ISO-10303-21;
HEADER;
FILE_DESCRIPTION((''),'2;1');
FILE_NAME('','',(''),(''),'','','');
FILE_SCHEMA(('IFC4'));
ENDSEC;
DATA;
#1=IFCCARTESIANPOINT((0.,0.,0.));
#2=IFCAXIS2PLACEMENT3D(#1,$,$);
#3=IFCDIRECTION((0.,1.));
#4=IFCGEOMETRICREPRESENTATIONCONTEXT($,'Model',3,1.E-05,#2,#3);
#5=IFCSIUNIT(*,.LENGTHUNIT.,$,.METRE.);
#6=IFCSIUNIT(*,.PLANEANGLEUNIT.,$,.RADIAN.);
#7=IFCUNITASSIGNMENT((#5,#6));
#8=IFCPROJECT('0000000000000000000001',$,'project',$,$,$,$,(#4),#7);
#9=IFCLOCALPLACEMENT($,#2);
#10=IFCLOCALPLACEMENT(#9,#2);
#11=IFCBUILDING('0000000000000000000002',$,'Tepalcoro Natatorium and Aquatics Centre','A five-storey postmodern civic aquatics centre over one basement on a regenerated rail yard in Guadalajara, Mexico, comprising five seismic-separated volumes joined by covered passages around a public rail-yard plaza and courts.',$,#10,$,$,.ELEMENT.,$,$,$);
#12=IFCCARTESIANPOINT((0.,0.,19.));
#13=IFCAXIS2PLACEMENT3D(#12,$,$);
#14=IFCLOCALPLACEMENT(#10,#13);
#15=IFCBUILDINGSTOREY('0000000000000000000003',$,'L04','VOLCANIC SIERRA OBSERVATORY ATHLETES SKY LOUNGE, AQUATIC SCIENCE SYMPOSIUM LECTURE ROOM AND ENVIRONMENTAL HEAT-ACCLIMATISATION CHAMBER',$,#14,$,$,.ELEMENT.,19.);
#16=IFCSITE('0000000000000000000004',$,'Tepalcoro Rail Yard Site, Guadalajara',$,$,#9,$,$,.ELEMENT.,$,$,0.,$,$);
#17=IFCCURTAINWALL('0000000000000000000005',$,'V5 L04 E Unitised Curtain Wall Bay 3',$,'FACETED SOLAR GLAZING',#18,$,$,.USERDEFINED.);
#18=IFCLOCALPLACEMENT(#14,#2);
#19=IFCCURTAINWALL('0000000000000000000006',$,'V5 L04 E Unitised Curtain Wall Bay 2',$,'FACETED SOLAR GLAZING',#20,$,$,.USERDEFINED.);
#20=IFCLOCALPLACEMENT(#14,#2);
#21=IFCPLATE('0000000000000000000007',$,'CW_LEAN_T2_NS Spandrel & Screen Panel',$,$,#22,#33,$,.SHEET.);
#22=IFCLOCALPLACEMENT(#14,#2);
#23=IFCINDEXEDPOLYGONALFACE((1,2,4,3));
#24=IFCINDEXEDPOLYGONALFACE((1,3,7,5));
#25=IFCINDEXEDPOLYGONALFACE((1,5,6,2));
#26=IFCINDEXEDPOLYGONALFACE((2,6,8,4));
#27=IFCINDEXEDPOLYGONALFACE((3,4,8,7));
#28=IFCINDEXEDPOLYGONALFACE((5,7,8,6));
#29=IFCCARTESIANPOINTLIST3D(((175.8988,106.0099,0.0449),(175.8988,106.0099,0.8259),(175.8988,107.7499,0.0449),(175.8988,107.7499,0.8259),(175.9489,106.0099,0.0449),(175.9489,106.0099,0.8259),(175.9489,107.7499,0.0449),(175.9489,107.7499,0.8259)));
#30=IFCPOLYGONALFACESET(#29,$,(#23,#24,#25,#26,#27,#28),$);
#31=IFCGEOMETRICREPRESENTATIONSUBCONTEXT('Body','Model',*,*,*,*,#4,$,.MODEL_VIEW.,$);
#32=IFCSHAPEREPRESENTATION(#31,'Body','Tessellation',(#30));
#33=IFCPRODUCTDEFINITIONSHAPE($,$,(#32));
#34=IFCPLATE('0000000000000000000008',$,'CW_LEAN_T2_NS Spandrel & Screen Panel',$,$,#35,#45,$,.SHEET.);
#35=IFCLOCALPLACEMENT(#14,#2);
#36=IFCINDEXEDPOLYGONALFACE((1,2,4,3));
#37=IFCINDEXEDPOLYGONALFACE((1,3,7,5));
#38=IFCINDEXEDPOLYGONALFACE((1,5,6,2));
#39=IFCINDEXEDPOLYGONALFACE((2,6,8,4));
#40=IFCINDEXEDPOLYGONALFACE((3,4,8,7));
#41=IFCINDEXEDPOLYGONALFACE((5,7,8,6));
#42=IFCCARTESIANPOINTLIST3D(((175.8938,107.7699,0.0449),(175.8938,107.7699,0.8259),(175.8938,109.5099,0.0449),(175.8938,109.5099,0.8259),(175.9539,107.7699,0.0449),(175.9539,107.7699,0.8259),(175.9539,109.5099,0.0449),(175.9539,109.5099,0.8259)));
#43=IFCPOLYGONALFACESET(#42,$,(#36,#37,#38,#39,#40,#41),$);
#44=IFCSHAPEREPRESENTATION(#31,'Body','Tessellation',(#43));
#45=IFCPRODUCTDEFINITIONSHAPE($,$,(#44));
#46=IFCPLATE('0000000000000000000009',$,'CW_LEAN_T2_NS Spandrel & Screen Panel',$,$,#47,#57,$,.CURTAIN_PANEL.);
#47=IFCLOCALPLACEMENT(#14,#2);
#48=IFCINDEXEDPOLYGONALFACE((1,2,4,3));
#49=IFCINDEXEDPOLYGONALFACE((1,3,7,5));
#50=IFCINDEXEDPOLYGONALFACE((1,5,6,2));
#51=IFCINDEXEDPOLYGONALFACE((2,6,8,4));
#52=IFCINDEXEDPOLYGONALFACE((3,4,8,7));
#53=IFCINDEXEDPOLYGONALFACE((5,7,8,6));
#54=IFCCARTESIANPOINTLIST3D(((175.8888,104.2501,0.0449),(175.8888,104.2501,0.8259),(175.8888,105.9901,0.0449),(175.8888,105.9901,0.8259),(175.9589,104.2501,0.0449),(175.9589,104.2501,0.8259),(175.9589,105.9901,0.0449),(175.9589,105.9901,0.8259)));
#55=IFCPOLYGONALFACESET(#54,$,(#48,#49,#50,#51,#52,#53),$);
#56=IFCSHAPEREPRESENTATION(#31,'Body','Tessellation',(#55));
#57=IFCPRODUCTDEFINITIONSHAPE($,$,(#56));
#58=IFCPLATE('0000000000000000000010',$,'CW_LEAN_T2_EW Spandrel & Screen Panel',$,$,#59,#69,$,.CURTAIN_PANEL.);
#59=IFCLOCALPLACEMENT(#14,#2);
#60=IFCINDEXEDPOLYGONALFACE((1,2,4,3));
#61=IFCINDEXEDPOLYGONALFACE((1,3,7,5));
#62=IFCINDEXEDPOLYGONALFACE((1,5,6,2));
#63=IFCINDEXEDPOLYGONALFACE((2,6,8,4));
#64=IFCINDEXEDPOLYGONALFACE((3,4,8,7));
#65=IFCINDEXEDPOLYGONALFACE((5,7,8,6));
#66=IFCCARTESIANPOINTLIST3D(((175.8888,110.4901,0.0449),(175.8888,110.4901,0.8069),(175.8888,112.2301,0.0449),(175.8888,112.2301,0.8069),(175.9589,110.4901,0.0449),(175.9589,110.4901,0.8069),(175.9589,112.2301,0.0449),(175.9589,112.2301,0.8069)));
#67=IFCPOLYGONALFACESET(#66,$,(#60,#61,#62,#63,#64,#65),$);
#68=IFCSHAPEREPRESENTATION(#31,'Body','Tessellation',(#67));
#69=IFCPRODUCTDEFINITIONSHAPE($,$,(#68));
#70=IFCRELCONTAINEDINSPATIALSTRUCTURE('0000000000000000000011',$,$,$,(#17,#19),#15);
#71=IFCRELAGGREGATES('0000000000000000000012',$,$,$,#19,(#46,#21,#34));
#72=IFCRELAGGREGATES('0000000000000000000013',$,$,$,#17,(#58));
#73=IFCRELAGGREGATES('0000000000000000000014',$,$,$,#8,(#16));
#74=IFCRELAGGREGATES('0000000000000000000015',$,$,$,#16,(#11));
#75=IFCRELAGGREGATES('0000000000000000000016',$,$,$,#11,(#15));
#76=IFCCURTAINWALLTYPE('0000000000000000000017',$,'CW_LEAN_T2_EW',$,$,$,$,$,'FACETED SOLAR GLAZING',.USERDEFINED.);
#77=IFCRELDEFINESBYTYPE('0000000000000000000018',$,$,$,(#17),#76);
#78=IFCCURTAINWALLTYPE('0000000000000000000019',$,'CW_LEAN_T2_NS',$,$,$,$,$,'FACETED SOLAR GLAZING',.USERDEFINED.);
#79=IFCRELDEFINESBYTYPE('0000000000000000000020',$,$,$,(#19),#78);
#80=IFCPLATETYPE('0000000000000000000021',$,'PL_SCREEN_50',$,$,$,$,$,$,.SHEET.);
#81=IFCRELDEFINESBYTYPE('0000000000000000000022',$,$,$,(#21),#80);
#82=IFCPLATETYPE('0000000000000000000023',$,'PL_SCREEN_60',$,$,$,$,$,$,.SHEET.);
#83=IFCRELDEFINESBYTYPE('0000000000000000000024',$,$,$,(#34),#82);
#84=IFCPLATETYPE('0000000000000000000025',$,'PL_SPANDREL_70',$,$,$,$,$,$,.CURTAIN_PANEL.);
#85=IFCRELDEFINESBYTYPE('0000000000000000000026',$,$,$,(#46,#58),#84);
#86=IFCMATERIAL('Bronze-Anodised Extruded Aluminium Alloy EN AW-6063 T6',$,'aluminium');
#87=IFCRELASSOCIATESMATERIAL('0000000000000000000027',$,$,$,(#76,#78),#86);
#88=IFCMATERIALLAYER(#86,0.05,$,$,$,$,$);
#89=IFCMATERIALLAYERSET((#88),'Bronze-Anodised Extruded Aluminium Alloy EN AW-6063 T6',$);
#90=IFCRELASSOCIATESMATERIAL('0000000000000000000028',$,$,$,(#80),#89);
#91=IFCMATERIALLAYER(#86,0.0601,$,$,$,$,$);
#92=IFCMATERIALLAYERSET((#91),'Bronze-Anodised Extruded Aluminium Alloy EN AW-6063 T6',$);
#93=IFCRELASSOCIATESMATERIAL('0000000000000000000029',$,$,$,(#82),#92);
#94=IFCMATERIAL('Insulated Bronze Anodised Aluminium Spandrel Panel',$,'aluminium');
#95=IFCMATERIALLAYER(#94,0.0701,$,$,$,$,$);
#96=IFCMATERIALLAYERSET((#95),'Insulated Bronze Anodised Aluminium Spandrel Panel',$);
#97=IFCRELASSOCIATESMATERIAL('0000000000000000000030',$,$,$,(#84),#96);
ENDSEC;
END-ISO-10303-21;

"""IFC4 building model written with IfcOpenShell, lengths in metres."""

from ifc_helpers import new_model, si_unit, direction, frame, origin, origin_2d, place, context, subcontext, project, spatial, rectangle, extrude, material, layer, layer_set, type_object, element, aggregate, save


model = new_model("IFC4")

# Units and contexts
model_context = context("Model", 3, precision=1e-05, world=origin(), true_north=direction((0.0, 1.0)))
body_context = subcontext(model_context, "Body", "Model", "MODEL_VIEW")
ifc_project = project(units=[si_unit("LENGTHUNIT", "METRE"), si_unit("PLANEANGLEUNIT", "RADIAN")], contexts=[model_context])

# Site, building, storey
site_placement = place(None, origin())
site = spatial("IfcSite", under=ifc_project, at=site_placement, Name="Tepalcoro Rail Yard Site, Guadalajara", CompositionType="ELEMENT", RefElevation=0.0)
building_placement = place(site_placement, origin())
building = spatial("IfcBuilding", under=site, at=building_placement, Name="Tepalcoro Natatorium and Aquatics Centre", Description="A five-storey postmodern civic aquatics centre over one basement on a regenerated rail yard in Guadalajara, Mexico, comprising five seismic-separated volumes joined by covered passages around a public rail-yard plaza and courts.", CompositionType="ELEMENT")
storey_placement = place(building_placement, frame((0.0, 0.0, 19.0)))
storey = spatial("IfcBuildingStorey", under=building, at=storey_placement, Name="L04", Description="VOLCANIC SIERRA OBSERVATORY ATHLETES SKY LOUNGE, AQUATIC SCIENCE SYMPOSIUM LECTURE ROOM AND ENVIRONMENTAL HEAT-ACCLIMATISATION CHAMBER", CompositionType="ELEMENT", Elevation=19.0)

# Curtain wall
ifc_material_1 = material(Name="Bronze-Anodised Extruded Aluminium Alloy EN AW-6063 T6", Category="aluminium")
curtain_wall_type_1 = type_object("IfcCurtainWallType", Name="CW_LEAN_T2_EW", ElementType="FACETED SOLAR GLAZING", PredefinedType="USERDEFINED", material=ifc_material_1)
curtain_wall_1_placement = place(storey_placement, origin())
curtain_wall_1 = element("IfcCurtainWall", 1, at=curtain_wall_1_placement, inside=storey, type_object=curtain_wall_type_1, Name="V5 L04 E Unitised Curtain Wall Bay 3", ObjectType="FACETED SOLAR GLAZING", PredefinedType="USERDEFINED")

# Curtain wall
curtain_wall_type_2 = type_object("IfcCurtainWallType", Name="CW_LEAN_T2_NS", ElementType="FACETED SOLAR GLAZING", PredefinedType="USERDEFINED", material=ifc_material_1)
curtain_wall_2_placement = place(storey_placement, origin())
curtain_wall_2 = element("IfcCurtainWall", 2, at=curtain_wall_2_placement, inside=storey, type_object=curtain_wall_type_2, Name="V5 L04 E Unitised Curtain Wall Bay 2", ObjectType="FACETED SOLAR GLAZING", PredefinedType="USERDEFINED")

# Plates
ifc_layer_1 = layer(ifc_material_1, 0.05)
ifc_layer_set_1 = layer_set([ifc_layer_1], Name="Bronze-Anodised Extruded Aluminium Alloy EN AW-6063 T6")
plate_type_1 = type_object("IfcPlateType", Name="PL_SCREEN_50", PredefinedType="SHEET", material=ifc_layer_set_1)
plate_1_placement = place(storey_placement, frame((175.9238, 106.8799, 0.0449), z_axis=(0.0, 0.0, 1.0), x_axis=(1.0, 0.0, 0.0)))
plate_1 = element("IfcPlate", 3, at=plate_1_placement, type_object=plate_type_1, Name="CW_LEAN_T2_NS Spandrel & Screen Panel", PredefinedType="SHEET", context=body_context, shape_type="SweptSolid", body=[
    extrude(rectangle(XDim=0.05, YDim=1.74, at=origin_2d()), origin(), (0.0, 0.0, 1.0), 0.781),
])
ifc_layer_2 = layer(ifc_material_1, 0.0601)
ifc_layer_set_2 = layer_set([ifc_layer_2], Name="Bronze-Anodised Extruded Aluminium Alloy EN AW-6063 T6")
plate_type_2 = type_object("IfcPlateType", Name="PL_SCREEN_60", PredefinedType="SHEET", material=ifc_layer_set_2)
plate_2_placement = place(storey_placement, frame((175.9238, 108.6399, 0.0449), z_axis=(0.0, 0.0, 1.0), x_axis=(1.0, 0.0, 0.0)))
plate_2 = element("IfcPlate", 4, at=plate_2_placement, type_object=plate_type_2, Name="CW_LEAN_T2_NS Spandrel & Screen Panel", PredefinedType="SHEET", context=body_context, shape_type="SweptSolid", body=[
    extrude(rectangle(XDim=0.0601, YDim=1.74, at=origin_2d()), origin(), (0.0, 0.0, 1.0), 0.781),
])
ifc_material_2 = material(Name="Insulated Bronze Anodised Aluminium Spandrel Panel", Category="aluminium")
ifc_layer_3 = layer(ifc_material_2, 0.0701)
ifc_layer_set_3 = layer_set([ifc_layer_3], Name="Insulated Bronze Anodised Aluminium Spandrel Panel")
plate_type_3 = type_object("IfcPlateType", Name="PL_SPANDREL_70", PredefinedType="CURTAIN_PANEL", material=ifc_layer_set_3)
plate_3_placement = place(storey_placement, frame((175.9238, 105.1201, 0.0449), z_axis=(0.0, 0.0, 1.0), x_axis=(1.0, 0.0, 0.0)))
plate_3 = element("IfcPlate", 5, at=plate_3_placement, type_object=plate_type_3, Name="CW_LEAN_T2_NS Spandrel & Screen Panel", PredefinedType="CURTAIN_PANEL", context=body_context, shape_type="SweptSolid", body=[
    extrude(rectangle(XDim=0.0701, YDim=1.74, at=origin_2d()), origin(), (0.0, 0.0, 1.0), 0.781),
])
aggregate(curtain_wall_2, [plate_3, plate_1, plate_2])
plate_4_placement = place(storey_placement, frame((175.9238, 111.3601, 0.0449), z_axis=(0.0, 0.0, 1.0), x_axis=(1.0, 0.0, 0.0)))
plate_4 = element("IfcPlate", 6, at=plate_4_placement, type_object=plate_type_3, Name="CW_LEAN_T2_EW Spandrel & Screen Panel", PredefinedType="CURTAIN_PANEL", context=body_context, shape_type="SweptSolid", body=[
    extrude(rectangle(XDim=0.0701, YDim=1.74, at=origin_2d()), origin(), (0.0, 0.0, 1.0), 0.762),
])
aggregate(curtain_wall_1, [plate_4])

save(model, "model.ifc")
